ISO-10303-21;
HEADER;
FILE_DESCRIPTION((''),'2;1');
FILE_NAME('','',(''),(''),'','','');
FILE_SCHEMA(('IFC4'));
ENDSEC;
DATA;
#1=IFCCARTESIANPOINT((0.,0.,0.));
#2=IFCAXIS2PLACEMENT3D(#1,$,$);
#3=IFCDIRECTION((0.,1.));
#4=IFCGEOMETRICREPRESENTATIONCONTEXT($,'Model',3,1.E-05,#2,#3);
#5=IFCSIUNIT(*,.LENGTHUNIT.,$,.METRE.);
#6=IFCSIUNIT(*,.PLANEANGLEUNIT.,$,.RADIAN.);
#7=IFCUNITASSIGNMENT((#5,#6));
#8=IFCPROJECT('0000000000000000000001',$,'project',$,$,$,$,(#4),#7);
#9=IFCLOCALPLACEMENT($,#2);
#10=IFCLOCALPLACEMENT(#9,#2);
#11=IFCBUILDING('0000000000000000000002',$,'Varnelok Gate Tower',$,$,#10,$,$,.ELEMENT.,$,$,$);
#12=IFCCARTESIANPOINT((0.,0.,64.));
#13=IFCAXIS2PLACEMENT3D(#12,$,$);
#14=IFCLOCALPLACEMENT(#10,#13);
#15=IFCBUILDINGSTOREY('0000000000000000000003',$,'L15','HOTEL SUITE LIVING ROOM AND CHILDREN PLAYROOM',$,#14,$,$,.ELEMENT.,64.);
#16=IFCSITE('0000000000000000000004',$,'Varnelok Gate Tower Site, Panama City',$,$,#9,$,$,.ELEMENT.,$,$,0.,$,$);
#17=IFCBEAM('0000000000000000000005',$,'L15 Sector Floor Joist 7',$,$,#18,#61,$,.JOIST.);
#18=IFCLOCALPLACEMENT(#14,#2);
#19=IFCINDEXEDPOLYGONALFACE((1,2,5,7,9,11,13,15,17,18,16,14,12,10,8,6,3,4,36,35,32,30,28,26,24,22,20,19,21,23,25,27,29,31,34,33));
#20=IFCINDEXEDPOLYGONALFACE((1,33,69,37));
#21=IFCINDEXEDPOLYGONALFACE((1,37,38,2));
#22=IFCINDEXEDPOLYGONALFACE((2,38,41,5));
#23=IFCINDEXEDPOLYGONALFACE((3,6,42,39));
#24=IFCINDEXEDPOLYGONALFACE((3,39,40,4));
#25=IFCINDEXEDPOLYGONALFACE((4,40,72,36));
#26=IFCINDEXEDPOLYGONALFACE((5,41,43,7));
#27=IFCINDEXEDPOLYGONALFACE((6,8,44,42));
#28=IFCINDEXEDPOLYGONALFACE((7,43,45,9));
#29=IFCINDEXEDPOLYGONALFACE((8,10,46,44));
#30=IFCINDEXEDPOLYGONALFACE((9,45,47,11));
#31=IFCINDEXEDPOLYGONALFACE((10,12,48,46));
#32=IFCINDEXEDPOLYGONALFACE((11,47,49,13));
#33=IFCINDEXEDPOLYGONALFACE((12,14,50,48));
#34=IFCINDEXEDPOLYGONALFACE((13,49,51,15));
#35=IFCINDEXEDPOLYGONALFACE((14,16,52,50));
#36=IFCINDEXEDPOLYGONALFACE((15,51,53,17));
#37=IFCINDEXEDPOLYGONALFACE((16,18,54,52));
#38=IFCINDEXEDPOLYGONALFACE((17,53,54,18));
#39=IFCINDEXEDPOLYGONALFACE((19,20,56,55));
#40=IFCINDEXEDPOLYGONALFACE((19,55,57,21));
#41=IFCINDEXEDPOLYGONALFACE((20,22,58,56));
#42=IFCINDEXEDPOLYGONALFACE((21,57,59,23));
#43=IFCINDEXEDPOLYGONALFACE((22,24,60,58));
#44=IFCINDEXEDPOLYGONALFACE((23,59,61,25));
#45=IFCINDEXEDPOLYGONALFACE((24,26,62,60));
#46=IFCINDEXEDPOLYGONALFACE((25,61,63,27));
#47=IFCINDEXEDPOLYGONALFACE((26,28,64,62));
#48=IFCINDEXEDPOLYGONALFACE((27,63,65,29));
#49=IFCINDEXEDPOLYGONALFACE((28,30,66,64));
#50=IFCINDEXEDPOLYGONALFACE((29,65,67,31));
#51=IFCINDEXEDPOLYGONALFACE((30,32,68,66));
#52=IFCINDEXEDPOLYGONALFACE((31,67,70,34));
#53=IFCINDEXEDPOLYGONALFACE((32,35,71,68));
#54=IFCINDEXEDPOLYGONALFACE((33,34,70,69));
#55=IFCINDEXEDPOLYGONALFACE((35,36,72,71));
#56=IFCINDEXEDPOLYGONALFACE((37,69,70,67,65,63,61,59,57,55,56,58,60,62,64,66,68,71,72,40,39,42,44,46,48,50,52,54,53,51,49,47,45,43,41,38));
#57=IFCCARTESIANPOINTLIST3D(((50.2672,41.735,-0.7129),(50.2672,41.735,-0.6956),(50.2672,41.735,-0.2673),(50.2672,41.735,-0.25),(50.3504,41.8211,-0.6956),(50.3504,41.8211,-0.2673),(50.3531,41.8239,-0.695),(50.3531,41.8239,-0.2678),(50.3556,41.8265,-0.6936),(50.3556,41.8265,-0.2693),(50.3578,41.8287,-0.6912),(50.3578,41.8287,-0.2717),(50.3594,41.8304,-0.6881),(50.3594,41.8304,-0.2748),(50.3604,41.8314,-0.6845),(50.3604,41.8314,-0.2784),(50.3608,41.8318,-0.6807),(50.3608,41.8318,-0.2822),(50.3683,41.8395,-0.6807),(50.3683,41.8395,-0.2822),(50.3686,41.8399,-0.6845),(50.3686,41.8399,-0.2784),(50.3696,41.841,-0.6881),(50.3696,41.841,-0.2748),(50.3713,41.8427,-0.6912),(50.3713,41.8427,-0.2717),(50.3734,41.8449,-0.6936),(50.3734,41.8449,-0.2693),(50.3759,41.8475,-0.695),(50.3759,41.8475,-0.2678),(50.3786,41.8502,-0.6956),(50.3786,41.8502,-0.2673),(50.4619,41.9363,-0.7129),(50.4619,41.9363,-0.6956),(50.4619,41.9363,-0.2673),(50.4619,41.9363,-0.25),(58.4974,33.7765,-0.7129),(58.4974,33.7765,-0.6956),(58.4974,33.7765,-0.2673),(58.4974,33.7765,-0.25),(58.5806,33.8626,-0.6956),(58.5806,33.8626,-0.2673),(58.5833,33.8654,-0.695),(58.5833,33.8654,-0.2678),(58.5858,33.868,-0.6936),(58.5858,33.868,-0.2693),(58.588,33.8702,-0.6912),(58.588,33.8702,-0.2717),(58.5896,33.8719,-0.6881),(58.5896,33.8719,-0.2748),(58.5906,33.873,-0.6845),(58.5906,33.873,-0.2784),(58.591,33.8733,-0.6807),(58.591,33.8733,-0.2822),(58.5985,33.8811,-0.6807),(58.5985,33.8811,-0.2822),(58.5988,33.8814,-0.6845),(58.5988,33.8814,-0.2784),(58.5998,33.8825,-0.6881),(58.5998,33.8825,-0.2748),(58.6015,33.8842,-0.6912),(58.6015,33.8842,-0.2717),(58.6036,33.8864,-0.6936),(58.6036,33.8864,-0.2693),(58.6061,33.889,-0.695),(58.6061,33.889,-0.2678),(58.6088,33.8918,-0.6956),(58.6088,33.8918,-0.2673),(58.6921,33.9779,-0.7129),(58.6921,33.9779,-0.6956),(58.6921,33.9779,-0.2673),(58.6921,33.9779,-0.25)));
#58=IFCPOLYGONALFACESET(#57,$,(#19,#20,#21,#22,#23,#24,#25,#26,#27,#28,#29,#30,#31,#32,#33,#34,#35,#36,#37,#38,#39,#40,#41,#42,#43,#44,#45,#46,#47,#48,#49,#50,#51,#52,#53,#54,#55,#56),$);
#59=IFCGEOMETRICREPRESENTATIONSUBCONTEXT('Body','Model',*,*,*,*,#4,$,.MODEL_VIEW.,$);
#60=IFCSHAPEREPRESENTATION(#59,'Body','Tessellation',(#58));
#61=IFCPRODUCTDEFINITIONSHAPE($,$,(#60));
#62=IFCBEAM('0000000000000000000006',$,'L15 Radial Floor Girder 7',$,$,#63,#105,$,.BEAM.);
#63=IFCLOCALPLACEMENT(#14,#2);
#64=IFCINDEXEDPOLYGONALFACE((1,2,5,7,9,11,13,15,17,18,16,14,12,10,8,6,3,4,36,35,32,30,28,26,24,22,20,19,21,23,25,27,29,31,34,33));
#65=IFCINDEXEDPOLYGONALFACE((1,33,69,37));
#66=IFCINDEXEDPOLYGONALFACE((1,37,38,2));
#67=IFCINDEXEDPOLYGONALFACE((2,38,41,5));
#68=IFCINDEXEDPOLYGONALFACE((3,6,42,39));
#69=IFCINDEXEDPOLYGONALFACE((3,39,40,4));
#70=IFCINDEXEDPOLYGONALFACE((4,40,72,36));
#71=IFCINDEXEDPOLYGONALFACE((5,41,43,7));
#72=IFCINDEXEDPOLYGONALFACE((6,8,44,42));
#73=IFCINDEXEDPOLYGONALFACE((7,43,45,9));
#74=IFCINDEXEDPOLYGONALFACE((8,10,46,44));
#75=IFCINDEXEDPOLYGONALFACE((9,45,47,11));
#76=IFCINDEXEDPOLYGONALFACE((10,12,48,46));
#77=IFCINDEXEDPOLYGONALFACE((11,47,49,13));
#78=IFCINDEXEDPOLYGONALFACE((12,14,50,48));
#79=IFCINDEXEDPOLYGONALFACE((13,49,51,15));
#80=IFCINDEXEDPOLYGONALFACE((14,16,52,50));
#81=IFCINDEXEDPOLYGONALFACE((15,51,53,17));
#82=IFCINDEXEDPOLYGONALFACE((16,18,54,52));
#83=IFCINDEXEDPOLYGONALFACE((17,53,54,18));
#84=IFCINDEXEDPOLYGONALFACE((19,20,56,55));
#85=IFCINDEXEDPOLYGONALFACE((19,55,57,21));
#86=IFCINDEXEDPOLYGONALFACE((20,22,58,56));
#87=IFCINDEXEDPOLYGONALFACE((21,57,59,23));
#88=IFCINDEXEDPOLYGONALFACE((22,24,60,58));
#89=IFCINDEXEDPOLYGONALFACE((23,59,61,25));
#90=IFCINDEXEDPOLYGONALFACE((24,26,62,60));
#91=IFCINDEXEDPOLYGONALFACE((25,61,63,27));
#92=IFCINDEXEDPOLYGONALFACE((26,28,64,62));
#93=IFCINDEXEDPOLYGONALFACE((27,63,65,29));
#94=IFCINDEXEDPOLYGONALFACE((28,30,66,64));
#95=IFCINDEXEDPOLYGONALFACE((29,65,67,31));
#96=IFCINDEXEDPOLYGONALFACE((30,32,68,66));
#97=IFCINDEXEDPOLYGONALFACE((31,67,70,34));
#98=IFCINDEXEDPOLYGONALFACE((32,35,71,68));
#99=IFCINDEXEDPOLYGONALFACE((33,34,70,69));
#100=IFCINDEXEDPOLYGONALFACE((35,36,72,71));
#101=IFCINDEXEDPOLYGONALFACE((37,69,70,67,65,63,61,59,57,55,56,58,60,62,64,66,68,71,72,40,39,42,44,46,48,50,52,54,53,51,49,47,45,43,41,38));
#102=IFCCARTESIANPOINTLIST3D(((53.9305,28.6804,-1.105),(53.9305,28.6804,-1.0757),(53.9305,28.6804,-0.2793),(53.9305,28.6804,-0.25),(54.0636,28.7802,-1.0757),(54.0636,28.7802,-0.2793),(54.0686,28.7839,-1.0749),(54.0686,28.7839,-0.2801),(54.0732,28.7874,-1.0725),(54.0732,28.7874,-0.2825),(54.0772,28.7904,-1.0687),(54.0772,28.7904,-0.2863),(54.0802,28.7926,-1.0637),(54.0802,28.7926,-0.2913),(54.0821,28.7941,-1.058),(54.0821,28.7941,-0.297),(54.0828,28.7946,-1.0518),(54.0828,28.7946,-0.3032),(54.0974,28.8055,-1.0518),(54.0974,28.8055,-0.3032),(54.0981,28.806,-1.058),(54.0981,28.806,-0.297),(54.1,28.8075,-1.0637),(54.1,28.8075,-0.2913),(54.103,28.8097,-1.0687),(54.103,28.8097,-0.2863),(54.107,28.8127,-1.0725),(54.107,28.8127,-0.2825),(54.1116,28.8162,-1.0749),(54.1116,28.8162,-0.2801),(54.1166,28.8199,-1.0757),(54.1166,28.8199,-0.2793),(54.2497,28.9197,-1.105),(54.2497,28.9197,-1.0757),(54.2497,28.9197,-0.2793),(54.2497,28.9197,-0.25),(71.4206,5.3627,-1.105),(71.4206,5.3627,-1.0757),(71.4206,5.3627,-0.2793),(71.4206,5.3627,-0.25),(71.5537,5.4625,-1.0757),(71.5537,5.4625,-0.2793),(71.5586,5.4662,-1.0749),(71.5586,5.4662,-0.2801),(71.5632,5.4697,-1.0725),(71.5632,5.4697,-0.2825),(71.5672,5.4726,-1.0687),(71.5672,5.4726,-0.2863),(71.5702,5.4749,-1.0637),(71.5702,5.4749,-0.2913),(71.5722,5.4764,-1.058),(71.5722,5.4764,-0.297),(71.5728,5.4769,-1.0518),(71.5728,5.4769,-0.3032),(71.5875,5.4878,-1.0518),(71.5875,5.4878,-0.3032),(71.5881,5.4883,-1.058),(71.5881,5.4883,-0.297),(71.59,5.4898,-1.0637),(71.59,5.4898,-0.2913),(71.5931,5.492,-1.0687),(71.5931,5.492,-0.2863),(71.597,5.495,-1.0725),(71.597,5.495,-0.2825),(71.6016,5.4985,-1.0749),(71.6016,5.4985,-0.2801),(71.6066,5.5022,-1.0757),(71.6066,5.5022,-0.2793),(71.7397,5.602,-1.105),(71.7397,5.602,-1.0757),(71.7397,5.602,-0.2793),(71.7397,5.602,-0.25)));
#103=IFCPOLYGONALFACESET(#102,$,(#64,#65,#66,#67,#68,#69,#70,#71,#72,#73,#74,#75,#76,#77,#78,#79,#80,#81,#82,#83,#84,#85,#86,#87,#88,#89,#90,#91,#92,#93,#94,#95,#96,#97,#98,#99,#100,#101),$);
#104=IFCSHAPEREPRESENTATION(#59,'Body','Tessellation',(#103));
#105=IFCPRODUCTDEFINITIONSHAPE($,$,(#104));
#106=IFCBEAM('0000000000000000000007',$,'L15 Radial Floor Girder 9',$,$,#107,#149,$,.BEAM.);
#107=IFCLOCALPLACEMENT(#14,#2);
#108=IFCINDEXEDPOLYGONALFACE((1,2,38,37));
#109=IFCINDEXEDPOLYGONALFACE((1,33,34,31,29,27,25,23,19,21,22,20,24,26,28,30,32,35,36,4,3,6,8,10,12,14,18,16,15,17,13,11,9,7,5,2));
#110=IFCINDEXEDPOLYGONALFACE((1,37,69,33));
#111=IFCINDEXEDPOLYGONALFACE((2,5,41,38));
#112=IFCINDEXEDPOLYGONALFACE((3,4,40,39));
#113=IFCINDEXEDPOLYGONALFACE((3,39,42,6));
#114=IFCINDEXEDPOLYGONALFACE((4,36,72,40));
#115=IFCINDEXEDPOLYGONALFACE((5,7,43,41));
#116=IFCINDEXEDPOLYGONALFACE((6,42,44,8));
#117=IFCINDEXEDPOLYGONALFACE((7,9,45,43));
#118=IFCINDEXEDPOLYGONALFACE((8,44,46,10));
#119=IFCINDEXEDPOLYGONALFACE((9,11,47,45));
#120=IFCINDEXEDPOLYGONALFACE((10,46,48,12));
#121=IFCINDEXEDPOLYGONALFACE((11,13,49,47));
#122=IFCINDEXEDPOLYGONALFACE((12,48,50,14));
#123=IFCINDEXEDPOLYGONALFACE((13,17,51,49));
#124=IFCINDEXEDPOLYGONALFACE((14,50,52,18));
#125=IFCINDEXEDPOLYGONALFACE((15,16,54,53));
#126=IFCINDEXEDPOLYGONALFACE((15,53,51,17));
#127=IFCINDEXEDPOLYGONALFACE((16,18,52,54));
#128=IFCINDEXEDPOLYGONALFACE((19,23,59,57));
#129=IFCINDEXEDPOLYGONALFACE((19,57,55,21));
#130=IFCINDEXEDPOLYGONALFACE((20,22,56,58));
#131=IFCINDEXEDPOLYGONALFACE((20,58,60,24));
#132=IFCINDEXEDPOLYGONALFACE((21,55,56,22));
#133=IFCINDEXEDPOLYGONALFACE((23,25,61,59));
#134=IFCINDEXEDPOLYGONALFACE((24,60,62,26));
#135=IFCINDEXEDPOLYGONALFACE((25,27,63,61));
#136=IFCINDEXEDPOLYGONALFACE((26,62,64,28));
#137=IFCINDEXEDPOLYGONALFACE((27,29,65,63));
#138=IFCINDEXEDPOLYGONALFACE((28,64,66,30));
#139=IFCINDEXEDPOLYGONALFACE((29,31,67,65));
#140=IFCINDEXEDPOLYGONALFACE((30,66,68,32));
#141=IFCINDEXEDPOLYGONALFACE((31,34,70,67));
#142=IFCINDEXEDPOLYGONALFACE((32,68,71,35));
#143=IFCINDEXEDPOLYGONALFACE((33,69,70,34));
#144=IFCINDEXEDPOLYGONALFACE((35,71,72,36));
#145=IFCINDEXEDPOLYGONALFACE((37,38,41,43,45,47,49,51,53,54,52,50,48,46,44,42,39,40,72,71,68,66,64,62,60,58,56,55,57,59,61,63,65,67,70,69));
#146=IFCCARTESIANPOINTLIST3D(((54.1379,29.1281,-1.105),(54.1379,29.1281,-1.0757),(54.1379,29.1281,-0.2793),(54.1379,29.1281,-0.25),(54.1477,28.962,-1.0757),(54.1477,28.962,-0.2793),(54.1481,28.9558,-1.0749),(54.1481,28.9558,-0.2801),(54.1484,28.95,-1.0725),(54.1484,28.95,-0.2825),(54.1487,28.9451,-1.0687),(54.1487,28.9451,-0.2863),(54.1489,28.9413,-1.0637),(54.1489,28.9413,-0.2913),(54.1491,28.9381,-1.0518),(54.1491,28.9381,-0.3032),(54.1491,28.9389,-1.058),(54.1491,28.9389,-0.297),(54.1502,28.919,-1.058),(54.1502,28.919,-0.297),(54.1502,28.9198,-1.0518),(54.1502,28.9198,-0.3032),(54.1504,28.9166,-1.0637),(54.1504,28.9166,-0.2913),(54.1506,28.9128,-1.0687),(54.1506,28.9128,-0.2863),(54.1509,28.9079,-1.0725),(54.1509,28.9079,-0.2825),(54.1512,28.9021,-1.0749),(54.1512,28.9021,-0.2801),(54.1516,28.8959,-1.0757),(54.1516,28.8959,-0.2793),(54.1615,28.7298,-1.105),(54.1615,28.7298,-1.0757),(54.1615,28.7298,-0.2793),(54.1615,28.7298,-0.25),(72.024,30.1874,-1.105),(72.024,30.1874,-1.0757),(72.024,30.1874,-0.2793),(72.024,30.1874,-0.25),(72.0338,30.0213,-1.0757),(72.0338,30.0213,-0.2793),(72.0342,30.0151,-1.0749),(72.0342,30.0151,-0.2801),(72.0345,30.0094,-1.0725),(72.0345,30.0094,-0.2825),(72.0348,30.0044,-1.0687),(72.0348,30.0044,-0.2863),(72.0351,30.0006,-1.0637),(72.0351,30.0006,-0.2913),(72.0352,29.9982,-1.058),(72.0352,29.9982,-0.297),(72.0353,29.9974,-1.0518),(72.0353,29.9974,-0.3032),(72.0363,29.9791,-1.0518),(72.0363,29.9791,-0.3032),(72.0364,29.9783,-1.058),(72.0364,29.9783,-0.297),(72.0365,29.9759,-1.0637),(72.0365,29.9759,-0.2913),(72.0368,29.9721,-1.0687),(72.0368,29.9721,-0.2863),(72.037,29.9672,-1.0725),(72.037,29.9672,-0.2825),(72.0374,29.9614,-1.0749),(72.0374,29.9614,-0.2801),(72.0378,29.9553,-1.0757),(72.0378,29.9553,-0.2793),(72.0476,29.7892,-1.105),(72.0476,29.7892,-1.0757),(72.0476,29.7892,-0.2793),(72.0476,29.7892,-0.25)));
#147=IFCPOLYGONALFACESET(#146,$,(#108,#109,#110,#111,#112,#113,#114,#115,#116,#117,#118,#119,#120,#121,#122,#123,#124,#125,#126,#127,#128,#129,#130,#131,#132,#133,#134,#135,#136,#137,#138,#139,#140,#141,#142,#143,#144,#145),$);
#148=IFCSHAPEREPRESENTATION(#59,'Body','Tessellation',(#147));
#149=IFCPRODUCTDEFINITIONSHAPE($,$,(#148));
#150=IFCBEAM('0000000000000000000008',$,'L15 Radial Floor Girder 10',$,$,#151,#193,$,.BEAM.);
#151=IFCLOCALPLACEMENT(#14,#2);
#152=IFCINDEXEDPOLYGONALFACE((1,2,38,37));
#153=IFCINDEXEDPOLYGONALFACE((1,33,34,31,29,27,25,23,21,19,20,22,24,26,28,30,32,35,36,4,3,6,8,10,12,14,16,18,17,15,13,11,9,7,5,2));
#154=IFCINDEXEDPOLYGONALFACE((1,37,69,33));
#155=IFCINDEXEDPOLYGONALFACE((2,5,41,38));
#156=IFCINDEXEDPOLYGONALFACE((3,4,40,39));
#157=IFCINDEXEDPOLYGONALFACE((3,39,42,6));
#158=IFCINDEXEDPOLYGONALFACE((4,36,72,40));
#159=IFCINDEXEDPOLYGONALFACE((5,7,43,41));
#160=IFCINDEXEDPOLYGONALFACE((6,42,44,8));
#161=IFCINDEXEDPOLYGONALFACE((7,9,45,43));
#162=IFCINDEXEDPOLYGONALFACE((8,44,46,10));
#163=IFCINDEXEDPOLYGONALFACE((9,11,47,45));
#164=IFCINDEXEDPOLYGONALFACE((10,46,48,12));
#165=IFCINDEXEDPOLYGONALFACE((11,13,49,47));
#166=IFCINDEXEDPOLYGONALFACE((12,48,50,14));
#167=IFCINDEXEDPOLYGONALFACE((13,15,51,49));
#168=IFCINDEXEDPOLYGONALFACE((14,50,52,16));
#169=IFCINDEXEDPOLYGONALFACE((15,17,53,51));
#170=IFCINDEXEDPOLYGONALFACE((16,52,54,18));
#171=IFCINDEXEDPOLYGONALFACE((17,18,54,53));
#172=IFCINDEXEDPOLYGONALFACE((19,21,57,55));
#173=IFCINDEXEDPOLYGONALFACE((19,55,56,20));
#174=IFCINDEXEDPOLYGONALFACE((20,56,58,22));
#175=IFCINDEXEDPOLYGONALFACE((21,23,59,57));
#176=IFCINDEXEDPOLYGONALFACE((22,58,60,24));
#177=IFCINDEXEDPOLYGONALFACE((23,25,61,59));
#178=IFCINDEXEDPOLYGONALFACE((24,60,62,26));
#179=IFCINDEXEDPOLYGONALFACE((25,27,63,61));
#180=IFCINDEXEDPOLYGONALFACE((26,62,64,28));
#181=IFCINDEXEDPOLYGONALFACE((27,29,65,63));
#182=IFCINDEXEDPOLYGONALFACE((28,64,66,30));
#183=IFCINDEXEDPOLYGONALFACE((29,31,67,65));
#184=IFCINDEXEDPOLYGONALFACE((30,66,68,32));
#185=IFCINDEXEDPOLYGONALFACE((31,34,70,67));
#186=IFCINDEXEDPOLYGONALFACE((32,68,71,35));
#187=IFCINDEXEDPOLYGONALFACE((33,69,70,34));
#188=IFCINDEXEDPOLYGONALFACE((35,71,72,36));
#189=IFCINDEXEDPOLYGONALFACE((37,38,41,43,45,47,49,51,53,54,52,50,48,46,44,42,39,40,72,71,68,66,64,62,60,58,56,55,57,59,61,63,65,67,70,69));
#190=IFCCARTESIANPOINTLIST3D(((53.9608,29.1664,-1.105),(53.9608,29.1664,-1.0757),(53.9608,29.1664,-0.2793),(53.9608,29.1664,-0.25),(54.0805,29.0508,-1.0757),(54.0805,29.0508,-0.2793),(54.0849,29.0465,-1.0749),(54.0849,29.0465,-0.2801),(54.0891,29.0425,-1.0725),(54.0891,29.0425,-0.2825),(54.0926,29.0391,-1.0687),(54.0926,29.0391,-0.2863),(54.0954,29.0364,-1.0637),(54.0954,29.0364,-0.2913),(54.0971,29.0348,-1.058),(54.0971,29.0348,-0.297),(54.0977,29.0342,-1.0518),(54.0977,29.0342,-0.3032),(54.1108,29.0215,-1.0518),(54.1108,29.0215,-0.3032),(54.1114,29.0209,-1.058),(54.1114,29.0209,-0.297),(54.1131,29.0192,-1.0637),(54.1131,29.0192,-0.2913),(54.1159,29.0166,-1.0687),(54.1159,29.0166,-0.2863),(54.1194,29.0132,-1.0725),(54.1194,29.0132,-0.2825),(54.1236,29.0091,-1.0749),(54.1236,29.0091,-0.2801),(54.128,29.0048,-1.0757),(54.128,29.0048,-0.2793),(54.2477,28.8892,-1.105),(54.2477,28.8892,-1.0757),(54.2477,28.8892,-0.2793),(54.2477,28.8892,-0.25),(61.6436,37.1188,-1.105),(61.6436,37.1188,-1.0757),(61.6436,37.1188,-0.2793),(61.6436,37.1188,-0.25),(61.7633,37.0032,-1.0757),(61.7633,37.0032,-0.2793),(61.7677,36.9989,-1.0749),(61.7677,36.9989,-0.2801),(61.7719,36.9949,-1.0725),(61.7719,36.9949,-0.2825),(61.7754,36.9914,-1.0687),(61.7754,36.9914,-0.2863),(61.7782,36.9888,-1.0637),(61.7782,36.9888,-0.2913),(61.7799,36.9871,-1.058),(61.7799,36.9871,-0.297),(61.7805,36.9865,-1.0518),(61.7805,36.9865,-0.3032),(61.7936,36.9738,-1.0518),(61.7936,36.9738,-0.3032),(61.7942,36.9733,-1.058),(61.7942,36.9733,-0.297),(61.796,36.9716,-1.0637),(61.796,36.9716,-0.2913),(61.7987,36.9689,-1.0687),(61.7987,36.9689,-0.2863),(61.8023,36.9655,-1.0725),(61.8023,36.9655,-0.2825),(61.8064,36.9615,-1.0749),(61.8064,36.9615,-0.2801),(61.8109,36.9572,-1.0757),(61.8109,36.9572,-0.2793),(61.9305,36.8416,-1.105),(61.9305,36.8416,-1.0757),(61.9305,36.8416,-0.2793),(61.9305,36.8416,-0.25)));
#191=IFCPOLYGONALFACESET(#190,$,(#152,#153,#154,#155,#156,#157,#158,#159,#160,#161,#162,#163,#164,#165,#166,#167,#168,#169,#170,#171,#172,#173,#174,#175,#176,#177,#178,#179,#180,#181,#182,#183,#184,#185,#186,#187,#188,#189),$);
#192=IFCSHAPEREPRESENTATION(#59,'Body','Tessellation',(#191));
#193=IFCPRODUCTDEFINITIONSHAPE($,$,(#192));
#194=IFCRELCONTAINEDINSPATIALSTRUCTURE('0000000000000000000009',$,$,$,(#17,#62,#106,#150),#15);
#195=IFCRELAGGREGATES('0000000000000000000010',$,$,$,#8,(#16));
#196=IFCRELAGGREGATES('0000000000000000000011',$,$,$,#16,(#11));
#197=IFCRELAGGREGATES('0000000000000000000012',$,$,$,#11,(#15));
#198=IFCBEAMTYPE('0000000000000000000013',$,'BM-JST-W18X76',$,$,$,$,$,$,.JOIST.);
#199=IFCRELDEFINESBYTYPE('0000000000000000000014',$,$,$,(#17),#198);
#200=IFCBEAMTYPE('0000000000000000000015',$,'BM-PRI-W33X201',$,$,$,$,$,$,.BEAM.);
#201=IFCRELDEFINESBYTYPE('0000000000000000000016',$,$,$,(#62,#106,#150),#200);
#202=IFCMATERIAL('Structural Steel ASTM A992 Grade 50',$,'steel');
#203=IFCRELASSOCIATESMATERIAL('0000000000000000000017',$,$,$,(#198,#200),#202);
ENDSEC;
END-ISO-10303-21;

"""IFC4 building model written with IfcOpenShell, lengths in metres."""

from ifc_helpers import new_model, si_unit, direction, frame, origin, origin_2d, place, context, subcontext, project, spatial, i_section, extrude, material, material_profile, profile_set, type_object, element, save


model = new_model("IFC4")

# Units and contexts
model_context = context("Model", 3, precision=1e-05, world=origin(), true_north=direction((0.0, 1.0)))
body_context = subcontext(model_context, "Body", "Model", "MODEL_VIEW")
ifc_project = project(units=[si_unit("LENGTHUNIT", "METRE"), si_unit("PLANEANGLEUNIT", "RADIAN")], contexts=[model_context])

# Site, building, storey
site_placement = place(None, origin())
site = spatial("IfcSite", under=ifc_project, at=site_placement, Name="Varnelok Gate Tower Site, Panama City", CompositionType="ELEMENT", RefElevation=0.0)
building_placement = place(site_placement, origin())
building = spatial("IfcBuilding", under=site, at=building_placement, Name="Varnelok Gate Tower", CompositionType="ELEMENT")
storey_placement = place(building_placement, frame((0.0, 0.0, 64.0)))
storey = spatial("IfcBuildingStorey", under=building, at=storey_placement, Name="L15", Description="HOTEL SUITE LIVING ROOM AND CHILDREN PLAYROOM", CompositionType="ELEMENT", Elevation=64.0)

# Shared definitions
ifc_material_1 = material(Name="Structural Steel ASTM A992 Grade 50", Category="steel")

# Beams
ifc_material_profile_1 = material_profile(ifc_material_1, i_section(OverallWidth=0.28, OverallDepth=0.4629, WebThickness=0.0107, FlangeThickness=0.0173, FilletRadius=0.0149, at=origin_2d()), Name="W18X76")
ifc_profile_set_1 = profile_set([ifc_material_profile_1], Name="Structural Steel ASTM A992 Grade 50")
beam_type_1 = type_object("IfcBeamType", Name="BM-JST-W18X76", PredefinedType="JOIST", material=ifc_profile_set_1)
beam_1_placement = place(storey_placement, frame((58.5947, 33.8772, -0.4814), z_axis=(-0.718874, 0.69514, 0.0), x_axis=(-0.69514, -0.718874, 0.0)))
element("IfcBeam", 1, at=beam_1_placement, inside=storey, type_object=beam_type_1, Name="L15 Sector Floor Joist 7", PredefinedType="JOIST", context=body_context, shape_type="SweptSolid", body=[
    extrude(i_section(OverallWidth=0.28, OverallDepth=0.4629, WebThickness=0.0107, FlangeThickness=0.0173, FilletRadius=0.0149, at=origin_2d()), origin(), (0.0, 0.0, 1.0), 11.4487),
])
ifc_material_profile_2 = material_profile(ifc_material_1, i_section(OverallWidth=0.3989, OverallDepth=0.855, WebThickness=0.0183, FlangeThickness=0.0293, FilletRadius=0.0239, at=origin_2d()), Name="W33X201")
ifc_profile_set_2 = profile_set([ifc_material_profile_2], Name="Structural Steel ASTM A992 Grade 50")
beam_type_2 = type_object("IfcBeamType", Name="BM-PRI-W33X201", PredefinedType="BEAM", material=ifc_profile_set_2)
beam_2_placement = place(storey_placement, frame((54.0901, 28.8, -0.6775), z_axis=(0.600039, -0.799971, 0.0), x_axis=(0.799971, 0.600039, 0.0)))
element("IfcBeam", 2, at=beam_2_placement, inside=storey, type_object=beam_type_2, Name="L15 Radial Floor Girder 7", PredefinedType="BEAM", context=body_context, shape_type="SweptSolid", body=[
    extrude(i_section(OverallWidth=0.3989, OverallDepth=0.855, WebThickness=0.0183, FlangeThickness=0.0293, FilletRadius=0.0239, at=origin_2d()), origin(), (0.0, 0.0, 1.0), 29.1482),
])
beam_3_placement = place(storey_placement, frame((54.1497, 28.929, -0.6775), z_axis=(0.998251, 0.059122, 0.0), x_axis=(-0.059122, 0.998251, 0.0)))
element("IfcBeam", 3, at=beam_3_placement, inside=storey, type_object=beam_type_2, Name="L15 Radial Floor Girder 9", PredefinedType="BEAM", context=body_context, shape_type="SweptSolid", body=[
    extrude(i_section(OverallWidth=0.3989, OverallDepth=0.855, WebThickness=0.0183, FlangeThickness=0.0293, FilletRadius=0.0239, at=origin_2d()), origin(), (0.0, 0.0, 1.0), 17.9175),
])
beam_4_placement = place(storey_placement, frame((54.1042, 29.0278, -0.6775), z_axis=(0.694814, 0.71919, 0.0), x_axis=(-0.71919, 0.694814, 0.0)))
element("IfcBeam", 4, at=beam_4_placement, inside=storey, type_object=beam_type_2, Name="L15 Radial Floor Girder 10", PredefinedType="BEAM", context=body_context, shape_type="SweptSolid", body=[
    extrude(i_section(OverallWidth=0.3989, OverallDepth=0.855, WebThickness=0.0183, FlangeThickness=0.0293, FilletRadius=0.0239, at=origin_2d()), origin(), (0.0, 0.0, 1.0), 11.0574),
])

save(model, "model.ifc")
